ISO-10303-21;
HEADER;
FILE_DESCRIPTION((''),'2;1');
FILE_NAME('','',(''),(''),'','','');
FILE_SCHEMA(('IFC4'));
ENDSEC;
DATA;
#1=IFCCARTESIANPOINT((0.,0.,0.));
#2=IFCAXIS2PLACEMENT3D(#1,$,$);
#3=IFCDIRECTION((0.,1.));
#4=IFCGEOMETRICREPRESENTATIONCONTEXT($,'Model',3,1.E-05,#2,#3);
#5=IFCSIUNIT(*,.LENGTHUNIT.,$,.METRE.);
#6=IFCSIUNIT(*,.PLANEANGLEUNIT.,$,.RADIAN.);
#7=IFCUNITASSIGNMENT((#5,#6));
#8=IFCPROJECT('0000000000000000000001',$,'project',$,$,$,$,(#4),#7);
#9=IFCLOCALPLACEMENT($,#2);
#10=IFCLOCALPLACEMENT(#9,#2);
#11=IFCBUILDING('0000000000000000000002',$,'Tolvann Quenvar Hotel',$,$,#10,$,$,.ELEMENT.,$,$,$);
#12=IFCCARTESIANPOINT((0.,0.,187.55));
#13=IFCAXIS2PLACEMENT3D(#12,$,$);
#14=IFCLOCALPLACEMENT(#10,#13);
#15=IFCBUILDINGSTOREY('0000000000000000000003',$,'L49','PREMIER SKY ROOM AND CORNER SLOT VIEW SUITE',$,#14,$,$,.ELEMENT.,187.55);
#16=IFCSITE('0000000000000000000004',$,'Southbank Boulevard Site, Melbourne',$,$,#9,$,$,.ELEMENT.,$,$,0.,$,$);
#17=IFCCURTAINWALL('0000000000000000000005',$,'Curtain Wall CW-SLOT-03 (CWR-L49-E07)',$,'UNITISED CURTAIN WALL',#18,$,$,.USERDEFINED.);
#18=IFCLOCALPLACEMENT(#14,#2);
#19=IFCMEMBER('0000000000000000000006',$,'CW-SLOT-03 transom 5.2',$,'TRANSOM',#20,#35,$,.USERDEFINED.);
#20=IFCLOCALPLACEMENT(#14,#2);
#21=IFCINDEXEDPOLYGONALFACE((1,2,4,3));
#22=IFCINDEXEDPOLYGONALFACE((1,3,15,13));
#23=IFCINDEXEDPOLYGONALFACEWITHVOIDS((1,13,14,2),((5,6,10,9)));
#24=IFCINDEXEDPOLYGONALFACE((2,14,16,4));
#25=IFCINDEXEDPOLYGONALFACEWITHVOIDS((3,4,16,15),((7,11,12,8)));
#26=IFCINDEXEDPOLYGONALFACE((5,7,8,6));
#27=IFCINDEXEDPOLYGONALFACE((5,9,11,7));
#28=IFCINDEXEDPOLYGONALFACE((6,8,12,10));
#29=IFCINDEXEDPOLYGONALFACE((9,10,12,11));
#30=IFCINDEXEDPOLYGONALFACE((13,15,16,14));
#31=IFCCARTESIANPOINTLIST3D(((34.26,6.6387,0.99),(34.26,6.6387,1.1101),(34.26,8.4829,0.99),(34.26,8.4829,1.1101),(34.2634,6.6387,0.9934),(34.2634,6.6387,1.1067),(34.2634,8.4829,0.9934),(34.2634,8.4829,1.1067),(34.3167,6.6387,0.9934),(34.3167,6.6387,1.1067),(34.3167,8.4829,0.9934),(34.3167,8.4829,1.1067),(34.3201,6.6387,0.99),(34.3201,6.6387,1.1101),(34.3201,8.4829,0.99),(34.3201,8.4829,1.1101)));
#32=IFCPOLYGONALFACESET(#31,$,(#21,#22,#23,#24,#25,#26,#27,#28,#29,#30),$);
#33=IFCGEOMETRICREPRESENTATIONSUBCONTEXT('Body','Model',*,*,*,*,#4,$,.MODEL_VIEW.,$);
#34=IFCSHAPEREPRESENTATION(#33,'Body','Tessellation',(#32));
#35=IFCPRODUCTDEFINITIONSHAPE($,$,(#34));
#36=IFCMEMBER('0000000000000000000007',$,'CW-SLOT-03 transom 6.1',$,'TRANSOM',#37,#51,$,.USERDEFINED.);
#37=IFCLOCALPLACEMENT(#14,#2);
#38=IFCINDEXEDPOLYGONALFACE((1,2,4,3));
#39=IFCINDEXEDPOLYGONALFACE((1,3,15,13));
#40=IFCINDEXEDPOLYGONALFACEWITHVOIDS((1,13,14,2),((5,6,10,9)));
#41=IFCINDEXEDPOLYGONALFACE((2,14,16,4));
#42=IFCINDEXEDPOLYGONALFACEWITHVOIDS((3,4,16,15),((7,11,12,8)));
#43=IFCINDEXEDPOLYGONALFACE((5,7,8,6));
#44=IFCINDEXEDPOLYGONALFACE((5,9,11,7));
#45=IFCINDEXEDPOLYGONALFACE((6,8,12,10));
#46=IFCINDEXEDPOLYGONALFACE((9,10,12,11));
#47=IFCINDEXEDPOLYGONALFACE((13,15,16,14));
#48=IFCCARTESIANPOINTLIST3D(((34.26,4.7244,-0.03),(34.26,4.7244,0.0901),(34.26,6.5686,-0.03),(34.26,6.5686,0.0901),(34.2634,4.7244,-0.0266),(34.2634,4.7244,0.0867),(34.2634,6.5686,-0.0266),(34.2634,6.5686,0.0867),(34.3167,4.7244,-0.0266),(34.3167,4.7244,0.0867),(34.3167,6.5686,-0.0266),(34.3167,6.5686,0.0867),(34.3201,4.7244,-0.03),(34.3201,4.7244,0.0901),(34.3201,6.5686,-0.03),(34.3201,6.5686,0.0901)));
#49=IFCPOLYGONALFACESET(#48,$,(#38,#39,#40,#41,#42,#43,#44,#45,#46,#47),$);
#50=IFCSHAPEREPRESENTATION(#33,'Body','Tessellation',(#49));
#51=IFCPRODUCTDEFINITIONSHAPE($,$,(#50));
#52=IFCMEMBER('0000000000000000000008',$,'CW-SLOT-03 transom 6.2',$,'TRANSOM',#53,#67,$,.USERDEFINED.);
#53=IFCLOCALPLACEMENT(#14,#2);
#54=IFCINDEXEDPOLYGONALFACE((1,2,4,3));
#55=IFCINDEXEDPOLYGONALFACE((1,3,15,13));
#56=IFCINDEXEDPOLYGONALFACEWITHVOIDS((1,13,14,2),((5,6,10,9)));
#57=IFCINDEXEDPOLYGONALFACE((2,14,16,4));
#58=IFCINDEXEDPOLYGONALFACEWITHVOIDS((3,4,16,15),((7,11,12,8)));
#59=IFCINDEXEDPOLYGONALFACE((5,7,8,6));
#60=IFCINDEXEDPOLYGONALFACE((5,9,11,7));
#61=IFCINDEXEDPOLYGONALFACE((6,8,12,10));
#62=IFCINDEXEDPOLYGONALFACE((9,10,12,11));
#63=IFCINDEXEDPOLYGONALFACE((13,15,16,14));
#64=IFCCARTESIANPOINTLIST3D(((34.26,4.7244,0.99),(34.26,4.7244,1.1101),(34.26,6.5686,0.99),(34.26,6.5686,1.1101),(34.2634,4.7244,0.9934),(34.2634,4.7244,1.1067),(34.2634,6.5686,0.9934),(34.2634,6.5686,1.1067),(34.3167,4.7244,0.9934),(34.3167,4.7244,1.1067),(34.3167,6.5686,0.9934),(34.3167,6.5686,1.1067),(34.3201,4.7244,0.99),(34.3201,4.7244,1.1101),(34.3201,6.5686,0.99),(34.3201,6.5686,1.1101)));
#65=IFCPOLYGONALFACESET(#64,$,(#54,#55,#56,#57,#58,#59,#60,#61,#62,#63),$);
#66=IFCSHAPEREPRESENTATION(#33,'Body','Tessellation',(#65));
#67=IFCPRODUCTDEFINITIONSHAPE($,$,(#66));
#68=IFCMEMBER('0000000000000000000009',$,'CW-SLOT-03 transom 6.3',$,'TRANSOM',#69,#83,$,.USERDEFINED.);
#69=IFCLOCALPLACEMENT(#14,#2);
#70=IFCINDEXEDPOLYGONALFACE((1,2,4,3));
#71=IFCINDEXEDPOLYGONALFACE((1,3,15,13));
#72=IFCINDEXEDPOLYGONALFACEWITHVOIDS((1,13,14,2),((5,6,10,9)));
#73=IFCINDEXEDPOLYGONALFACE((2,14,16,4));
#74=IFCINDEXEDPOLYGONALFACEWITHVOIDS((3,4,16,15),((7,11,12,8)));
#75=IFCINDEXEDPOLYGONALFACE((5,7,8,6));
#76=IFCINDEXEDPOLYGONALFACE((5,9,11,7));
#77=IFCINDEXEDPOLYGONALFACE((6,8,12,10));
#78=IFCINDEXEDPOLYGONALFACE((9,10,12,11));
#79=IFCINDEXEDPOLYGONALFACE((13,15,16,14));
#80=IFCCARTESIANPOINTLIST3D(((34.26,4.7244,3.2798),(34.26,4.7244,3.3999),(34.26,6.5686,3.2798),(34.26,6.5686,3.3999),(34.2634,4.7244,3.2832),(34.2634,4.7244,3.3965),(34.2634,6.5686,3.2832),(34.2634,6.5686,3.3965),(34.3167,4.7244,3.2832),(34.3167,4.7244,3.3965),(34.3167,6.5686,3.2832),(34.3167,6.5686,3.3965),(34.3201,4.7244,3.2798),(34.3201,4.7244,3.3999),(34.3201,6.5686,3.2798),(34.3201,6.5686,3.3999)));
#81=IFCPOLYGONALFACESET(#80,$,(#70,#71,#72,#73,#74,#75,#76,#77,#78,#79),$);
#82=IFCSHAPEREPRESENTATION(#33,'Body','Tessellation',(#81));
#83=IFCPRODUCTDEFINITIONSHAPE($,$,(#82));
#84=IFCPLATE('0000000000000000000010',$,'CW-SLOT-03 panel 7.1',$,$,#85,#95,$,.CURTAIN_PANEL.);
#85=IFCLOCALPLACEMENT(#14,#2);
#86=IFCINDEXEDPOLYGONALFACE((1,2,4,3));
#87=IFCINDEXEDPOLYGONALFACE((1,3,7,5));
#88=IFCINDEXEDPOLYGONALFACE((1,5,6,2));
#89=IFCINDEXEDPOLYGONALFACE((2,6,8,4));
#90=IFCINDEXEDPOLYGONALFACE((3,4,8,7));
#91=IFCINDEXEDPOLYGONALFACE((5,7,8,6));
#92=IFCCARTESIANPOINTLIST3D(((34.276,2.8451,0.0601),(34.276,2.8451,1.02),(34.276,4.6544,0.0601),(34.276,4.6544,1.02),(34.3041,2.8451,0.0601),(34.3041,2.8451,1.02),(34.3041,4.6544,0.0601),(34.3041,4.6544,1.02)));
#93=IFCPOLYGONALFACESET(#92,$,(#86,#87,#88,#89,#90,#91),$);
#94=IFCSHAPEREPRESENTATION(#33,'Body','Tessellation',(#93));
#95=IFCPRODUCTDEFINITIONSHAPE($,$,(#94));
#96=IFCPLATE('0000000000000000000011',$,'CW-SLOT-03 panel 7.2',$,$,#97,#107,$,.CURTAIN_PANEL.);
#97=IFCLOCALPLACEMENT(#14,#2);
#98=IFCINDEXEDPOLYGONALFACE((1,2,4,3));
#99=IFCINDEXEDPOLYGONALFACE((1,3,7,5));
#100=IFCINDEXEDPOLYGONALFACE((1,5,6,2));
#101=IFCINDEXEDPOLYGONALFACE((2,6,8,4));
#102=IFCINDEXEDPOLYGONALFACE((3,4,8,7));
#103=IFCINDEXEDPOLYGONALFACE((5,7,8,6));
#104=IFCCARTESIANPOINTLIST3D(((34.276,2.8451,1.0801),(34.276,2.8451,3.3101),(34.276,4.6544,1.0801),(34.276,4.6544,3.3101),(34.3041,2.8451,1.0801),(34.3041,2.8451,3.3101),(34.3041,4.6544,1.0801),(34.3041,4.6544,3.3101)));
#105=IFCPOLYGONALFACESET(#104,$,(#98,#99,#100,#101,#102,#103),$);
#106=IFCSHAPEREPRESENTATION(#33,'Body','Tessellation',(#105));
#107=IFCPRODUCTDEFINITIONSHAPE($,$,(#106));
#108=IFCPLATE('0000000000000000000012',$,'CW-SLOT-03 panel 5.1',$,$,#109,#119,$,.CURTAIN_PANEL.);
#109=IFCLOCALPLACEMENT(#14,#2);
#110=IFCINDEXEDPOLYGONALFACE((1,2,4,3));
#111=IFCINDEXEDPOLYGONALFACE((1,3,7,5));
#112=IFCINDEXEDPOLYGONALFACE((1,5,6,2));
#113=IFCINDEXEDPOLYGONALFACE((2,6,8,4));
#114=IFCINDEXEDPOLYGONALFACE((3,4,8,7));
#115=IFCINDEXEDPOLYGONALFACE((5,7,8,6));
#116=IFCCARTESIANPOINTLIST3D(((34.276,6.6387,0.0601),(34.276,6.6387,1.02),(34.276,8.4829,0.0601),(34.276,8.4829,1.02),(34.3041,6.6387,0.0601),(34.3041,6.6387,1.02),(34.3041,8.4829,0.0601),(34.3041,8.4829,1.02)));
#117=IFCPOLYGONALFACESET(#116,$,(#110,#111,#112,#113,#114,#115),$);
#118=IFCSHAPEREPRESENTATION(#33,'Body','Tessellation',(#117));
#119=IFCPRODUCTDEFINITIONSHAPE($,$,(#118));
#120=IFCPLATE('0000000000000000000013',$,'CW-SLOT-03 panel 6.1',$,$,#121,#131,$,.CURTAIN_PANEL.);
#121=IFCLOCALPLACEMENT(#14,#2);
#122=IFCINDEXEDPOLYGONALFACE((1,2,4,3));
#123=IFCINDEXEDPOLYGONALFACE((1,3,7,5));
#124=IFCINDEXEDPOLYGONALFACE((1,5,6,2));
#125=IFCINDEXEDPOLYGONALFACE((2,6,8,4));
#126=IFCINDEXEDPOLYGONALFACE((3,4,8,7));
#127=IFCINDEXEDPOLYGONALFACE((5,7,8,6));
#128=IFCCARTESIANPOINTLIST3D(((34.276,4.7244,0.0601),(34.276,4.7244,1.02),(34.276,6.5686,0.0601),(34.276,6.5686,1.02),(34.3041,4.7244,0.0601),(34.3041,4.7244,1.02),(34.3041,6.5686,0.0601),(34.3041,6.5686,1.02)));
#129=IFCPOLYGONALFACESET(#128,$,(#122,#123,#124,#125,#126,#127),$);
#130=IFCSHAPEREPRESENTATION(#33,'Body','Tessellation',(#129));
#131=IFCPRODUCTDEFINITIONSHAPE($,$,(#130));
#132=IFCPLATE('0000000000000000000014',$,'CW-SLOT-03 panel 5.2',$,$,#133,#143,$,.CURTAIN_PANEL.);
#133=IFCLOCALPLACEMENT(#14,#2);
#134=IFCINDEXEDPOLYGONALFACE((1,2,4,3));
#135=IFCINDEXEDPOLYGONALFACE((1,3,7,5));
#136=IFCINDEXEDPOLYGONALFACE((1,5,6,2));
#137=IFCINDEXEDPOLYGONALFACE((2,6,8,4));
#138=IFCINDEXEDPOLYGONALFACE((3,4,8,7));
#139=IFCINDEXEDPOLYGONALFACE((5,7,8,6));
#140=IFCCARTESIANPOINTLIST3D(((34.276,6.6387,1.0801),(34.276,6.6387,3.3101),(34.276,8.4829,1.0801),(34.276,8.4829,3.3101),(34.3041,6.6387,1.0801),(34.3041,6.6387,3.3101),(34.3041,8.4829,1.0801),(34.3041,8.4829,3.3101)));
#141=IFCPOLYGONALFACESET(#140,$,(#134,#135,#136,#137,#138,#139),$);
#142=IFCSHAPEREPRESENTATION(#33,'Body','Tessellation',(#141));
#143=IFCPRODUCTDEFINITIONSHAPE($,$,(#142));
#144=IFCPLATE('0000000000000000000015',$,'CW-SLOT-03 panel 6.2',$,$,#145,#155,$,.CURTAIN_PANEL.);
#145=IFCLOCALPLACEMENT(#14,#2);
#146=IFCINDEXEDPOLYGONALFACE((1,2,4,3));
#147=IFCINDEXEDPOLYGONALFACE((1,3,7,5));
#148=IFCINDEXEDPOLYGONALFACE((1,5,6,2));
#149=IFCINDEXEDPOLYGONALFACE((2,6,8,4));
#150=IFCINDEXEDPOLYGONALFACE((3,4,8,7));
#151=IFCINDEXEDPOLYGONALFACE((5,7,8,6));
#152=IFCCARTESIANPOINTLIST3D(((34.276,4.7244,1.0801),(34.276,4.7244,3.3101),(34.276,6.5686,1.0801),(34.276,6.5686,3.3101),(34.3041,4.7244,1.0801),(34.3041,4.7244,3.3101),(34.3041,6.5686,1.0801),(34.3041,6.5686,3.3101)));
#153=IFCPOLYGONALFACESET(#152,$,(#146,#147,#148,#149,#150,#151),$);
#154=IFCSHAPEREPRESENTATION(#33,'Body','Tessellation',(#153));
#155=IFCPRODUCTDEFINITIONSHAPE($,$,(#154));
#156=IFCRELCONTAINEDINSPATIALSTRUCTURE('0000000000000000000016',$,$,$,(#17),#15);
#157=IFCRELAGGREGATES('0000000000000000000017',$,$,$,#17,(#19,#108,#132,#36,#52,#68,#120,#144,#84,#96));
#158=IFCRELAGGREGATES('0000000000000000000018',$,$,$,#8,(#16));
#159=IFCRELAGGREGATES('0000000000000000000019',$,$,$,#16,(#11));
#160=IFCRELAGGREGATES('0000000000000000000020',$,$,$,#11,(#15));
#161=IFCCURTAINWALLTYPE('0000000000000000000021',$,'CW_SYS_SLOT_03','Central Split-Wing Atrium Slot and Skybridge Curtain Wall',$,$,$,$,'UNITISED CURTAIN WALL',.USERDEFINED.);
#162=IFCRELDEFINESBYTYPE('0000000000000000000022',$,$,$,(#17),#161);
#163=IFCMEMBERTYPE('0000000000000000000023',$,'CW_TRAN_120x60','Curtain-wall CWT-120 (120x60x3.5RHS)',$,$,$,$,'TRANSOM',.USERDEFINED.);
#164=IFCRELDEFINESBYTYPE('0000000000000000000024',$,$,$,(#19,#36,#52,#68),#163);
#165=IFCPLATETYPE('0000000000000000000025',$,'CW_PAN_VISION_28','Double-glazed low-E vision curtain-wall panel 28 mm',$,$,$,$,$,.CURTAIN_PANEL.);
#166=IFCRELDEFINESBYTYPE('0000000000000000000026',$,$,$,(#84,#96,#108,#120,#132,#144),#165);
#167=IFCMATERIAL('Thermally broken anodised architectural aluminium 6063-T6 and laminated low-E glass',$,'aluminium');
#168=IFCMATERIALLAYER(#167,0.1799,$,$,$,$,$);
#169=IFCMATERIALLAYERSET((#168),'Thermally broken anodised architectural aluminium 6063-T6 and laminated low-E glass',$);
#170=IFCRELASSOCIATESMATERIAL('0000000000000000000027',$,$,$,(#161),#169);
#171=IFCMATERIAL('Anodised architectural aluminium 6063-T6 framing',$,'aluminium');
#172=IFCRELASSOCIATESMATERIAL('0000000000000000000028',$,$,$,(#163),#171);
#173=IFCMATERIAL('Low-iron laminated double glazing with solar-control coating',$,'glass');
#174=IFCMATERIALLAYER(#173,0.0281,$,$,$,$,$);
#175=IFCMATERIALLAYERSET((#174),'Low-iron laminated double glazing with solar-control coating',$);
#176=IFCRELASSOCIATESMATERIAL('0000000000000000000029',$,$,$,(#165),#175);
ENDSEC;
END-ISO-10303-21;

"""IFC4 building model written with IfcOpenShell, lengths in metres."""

from ifc_helpers import new_model, si_unit, direction, frame, origin, origin_2d, place, context, subcontext, project, spatial, rectangle, hollow_rectangle, extrude, source, transform, mapped, material, layer, layer_set, material_profile, profile_set, type_object, type_shapes, element, aggregate, save


model = new_model("IFC4")

# Units and contexts
model_context = context("Model", 3, precision=1e-05, world=origin(), true_north=direction((0.0, 1.0)))
body_context = subcontext(model_context, "Body", "Model", "MODEL_VIEW")
ifc_project = project(units=[si_unit("LENGTHUNIT", "METRE"), si_unit("PLANEANGLEUNIT", "RADIAN")], contexts=[model_context])

# Site, building, storey
site_placement = place(None, origin())
site = spatial("IfcSite", under=ifc_project, at=site_placement, Name="Southbank Boulevard Site, Melbourne", CompositionType="ELEMENT", RefElevation=0.0)
building_placement = place(site_placement, origin())
building = spatial("IfcBuilding", under=site, at=building_placement, Name="Tolvann Quenvar Hotel", CompositionType="ELEMENT")
storey_placement = place(building_placement, frame((0.0, 0.0, 187.55)))
storey = spatial("IfcBuildingStorey", under=building, at=storey_placement, Name="L49", Description="PREMIER SKY ROOM AND CORNER SLOT VIEW SUITE", CompositionType="ELEMENT", Elevation=187.55)

# Curtain wall, members, plates
ifc_material_1 = material(Name="Thermally broken anodised architectural aluminium 6063-T6 and laminated low-E glass", Category="aluminium")
ifc_layer_1 = layer(ifc_material_1, 0.1799)
ifc_layer_set_1 = layer_set([ifc_layer_1], Name="Thermally broken anodised architectural aluminium 6063-T6 and laminated low-E glass")
curtain_wall_type = type_object("IfcCurtainWallType", Name="CW_SYS_SLOT_03", Description="Central Split-Wing Atrium Slot and Skybridge Curtain Wall", ElementType="UNITISED CURTAIN WALL", PredefinedType="USERDEFINED", material=ifc_layer_set_1)
curtain_wall_placement = place(storey_placement, origin())
curtain_wall = element("IfcCurtainWall", 1, at=curtain_wall_placement, inside=storey, type_object=curtain_wall_type, Name="Curtain Wall CW-SLOT-03 (CWR-L49-E07)", ObjectType="UNITISED CURTAIN WALL", PredefinedType="USERDEFINED")
ifc_material_2 = material(Name="Anodised architectural aluminium 6063-T6 framing", Category="aluminium")
ifc_material_profile_1 = material_profile(ifc_material_2, hollow_rectangle(XDim=0.0601, YDim=0.1201, WallThickness=0.0034, at=origin_2d()), Name="120x60x3.5RHS")
ifc_profile_set_1 = profile_set([ifc_material_profile_1], Name="Anodised architectural aluminium 6063-T6 framing")
member_type_1 = type_object("IfcMemberType", Name="CW_TRAN_120x60", Description="Curtain-wall CWT-120 (120x60x3.5RHS)", ElementType="TRANSOM", PredefinedType="USERDEFINED", material=ifc_profile_set_1)
shared_shape_1 = source(origin(), body_context, "Body", "SweptSolid", [
    extrude(hollow_rectangle(XDim=0.0601, YDim=0.1201, WallThickness=0.0034, at=origin_2d()), origin(), (0.0, 0.0, 1.0), 1.8442),
])
member_1_placement = place(storey_placement, frame((34.29, 8.4829, 1.05), z_axis=(0.0, -1.0, 0.0), x_axis=(1.0, 0.0, 0.0)))
member_1 = element("IfcMember", 2, at=member_1_placement, type_object=member_type_1, Name="CW-SLOT-03 transom 5.2", ObjectType="TRANSOM", PredefinedType="USERDEFINED", context=body_context, shape_type="MappedRepresentation", body=[
    mapped(shared_shape_1, transform((0.0, 0.0, 0.0), x_axis=(1.0, 0.0, 0.0), y_axis=(0.0, 1.0, 0.0), z_axis=(0.0, 0.0, 1.0), scale=1.0)),
])
member_2_placement = place(storey_placement, frame((34.29, 6.5686, 0.03), z_axis=(0.0, -1.0, 0.0), x_axis=(1.0, 0.0, 0.0)))
member_2 = element("IfcMember", 3, at=member_2_placement, type_object=member_type_1, Name="CW-SLOT-03 transom 6.1", ObjectType="TRANSOM", PredefinedType="USERDEFINED", context=body_context, shape_type="MappedRepresentation", body=[
    mapped(shared_shape_1, transform((0.0, 0.0, 0.0), x_axis=(1.0, 0.0, 0.0), y_axis=(0.0, 1.0, 0.0), z_axis=(0.0, 0.0, 1.0), scale=1.0)),
])
member_3_placement = place(storey_placement, frame((34.29, 6.5686, 1.05), z_axis=(0.0, -1.0, 0.0), x_axis=(1.0, 0.0, 0.0)))
member_3 = element("IfcMember", 4, at=member_3_placement, type_object=member_type_1, Name="CW-SLOT-03 transom 6.2", ObjectType="TRANSOM", PredefinedType="USERDEFINED", context=body_context, shape_type="MappedRepresentation", body=[
    mapped(shared_shape_1, transform((0.0, 0.0, 0.0), x_axis=(1.0, 0.0, 0.0), y_axis=(0.0, 1.0, 0.0), z_axis=(0.0, 0.0, 1.0), scale=1.0)),
])
member_4_placement = place(storey_placement, frame((34.29, 6.5686, 3.3398), z_axis=(0.0, -1.0, 0.0), x_axis=(1.0, 0.0, 0.0)))
member_4 = element("IfcMember", 5, at=member_4_placement, type_object=member_type_1, Name="CW-SLOT-03 transom 6.3", ObjectType="TRANSOM", PredefinedType="USERDEFINED", context=body_context, shape_type="MappedRepresentation", body=[
    mapped(shared_shape_1, transform((0.0, 0.0, 0.0), x_axis=(1.0, 0.0, 0.0), y_axis=(0.0, 1.0, 0.0), z_axis=(0.0, 0.0, 1.0), scale=1.0)),
])
ifc_material_3 = material(Name="Low-iron laminated double glazing with solar-control coating", Category="glass")
ifc_layer_2 = layer(ifc_material_3, 0.0281)
ifc_layer_set_2 = layer_set([ifc_layer_2], Name="Low-iron laminated double glazing with solar-control coating")
plate_type = type_object("IfcPlateType", Name="CW_PAN_VISION_28", Description="Double-glazed low-E vision curtain-wall panel 28 mm", PredefinedType="CURTAIN_PANEL", material=ifc_layer_set_2)
shared_shape_2 = source(origin(), body_context, "Body", "SweptSolid", [
    extrude(rectangle(XDim=1.8093, YDim=0.0281, at=origin_2d()), origin(), (0.0, 0.0, 1.0), 0.96),
])
plate_1_placement = place(storey_placement, frame((34.29, 3.7498, 0.0601), z_axis=(0.0, 0.0, 1.0), x_axis=(0.0, -1.0, 0.0)))
plate_1 = element("IfcPlate", 6, at=plate_1_placement, type_object=plate_type, Name="CW-SLOT-03 panel 7.1", PredefinedType="CURTAIN_PANEL", context=body_context, shape_type="MappedRepresentation", body=[
    mapped(shared_shape_2, transform((0.0, 0.0, 0.0), x_axis=(1.0, 0.0, 0.0), y_axis=(0.0, 1.0, 0.0), z_axis=(0.0, 0.0, 1.0), scale=1.0)),
])
shared_shape_3 = source(origin(), body_context, "Body", "SweptSolid", [
    extrude(rectangle(XDim=1.8093, YDim=0.0281, at=origin_2d()), origin(), (0.0, 0.0, 1.0), 2.23),
])
plate_2_placement = place(storey_placement, frame((34.29, 3.7498, 1.0801), z_axis=(0.0, 0.0, 1.0), x_axis=(0.0, -1.0, 0.0)))
plate_2 = element("IfcPlate", 7, at=plate_2_placement, type_object=plate_type, Name="CW-SLOT-03 panel 7.2", PredefinedType="CURTAIN_PANEL", context=body_context, shape_type="MappedRepresentation", body=[
    mapped(shared_shape_3, transform((0.0, 0.0, 0.0), x_axis=(1.0, 0.0, 0.0), y_axis=(0.0, 1.0, 0.0), z_axis=(0.0, 0.0, 1.0), scale=1.0)),
])
shared_shape_4 = source(origin(), body_context, "Body", "SweptSolid", [
    extrude(rectangle(XDim=1.8442, YDim=0.0281, at=origin_2d()), origin(), (0.0, 0.0, 1.0), 0.96),
])
plate_3_placement = place(storey_placement, frame((34.29, 7.5608, 0.0601), z_axis=(0.0, 0.0, 1.0), x_axis=(0.0, -1.0, 0.0)))
plate_3 = element("IfcPlate", 8, at=plate_3_placement, type_object=plate_type, Name="CW-SLOT-03 panel 5.1", PredefinedType="CURTAIN_PANEL", context=body_context, shape_type="MappedRepresentation", body=[
    mapped(shared_shape_4, transform((0.0, 0.0, 0.0), x_axis=(1.0, 0.0, 0.0), y_axis=(0.0, 1.0, 0.0), z_axis=(0.0, 0.0, 1.0), scale=1.0)),
])
plate_4_placement = place(storey_placement, frame((34.29, 5.6465, 0.0601), z_axis=(0.0, 0.0, 1.0), x_axis=(0.0, -1.0, 0.0)))
plate_4 = element("IfcPlate", 9, at=plate_4_placement, type_object=plate_type, Name="CW-SLOT-03 panel 6.1", PredefinedType="CURTAIN_PANEL", context=body_context, shape_type="MappedRepresentation", body=[
    mapped(shared_shape_4, transform((0.0, 0.0, 0.0), x_axis=(1.0, 0.0, 0.0), y_axis=(0.0, 1.0, 0.0), z_axis=(0.0, 0.0, 1.0), scale=1.0)),
])
shared_shape_5 = source(origin(), body_context, "Body", "SweptSolid", [
    extrude(rectangle(XDim=1.8442, YDim=0.0281, at=origin_2d()), origin(), (0.0, 0.0, 1.0), 2.23),
])
type_shapes(plate_type, [shared_shape_2, shared_shape_3, shared_shape_4, shared_shape_5])
plate_5_placement = place(storey_placement, frame((34.29, 7.5608, 1.0801), z_axis=(0.0, 0.0, 1.0), x_axis=(0.0, -1.0, 0.0)))
plate_5 = element("IfcPlate", 10, at=plate_5_placement, type_object=plate_type, Name="CW-SLOT-03 panel 5.2", PredefinedType="CURTAIN_PANEL", context=body_context, shape_type="MappedRepresentation", body=[
    mapped(shared_shape_5, transform((0.0, 0.0, 0.0), x_axis=(1.0, 0.0, 0.0), y_axis=(0.0, 1.0, 0.0), z_axis=(0.0, 0.0, 1.0), scale=1.0)),
])
plate_6_placement = place(storey_placement, frame((34.29, 5.6465, 1.0801), z_axis=(0.0, 0.0, 1.0), x_axis=(0.0, -1.0, 0.0)))
plate_6 = element("IfcPlate", 11, at=plate_6_placement, type_object=plate_type, Name="CW-SLOT-03 panel 6.2", PredefinedType="CURTAIN_PANEL", context=body_context, shape_type="MappedRepresentation", body=[
    mapped(shared_shape_5, transform((0.0, 0.0, 0.0), x_axis=(1.0, 0.0, 0.0), y_axis=(0.0, 1.0, 0.0), z_axis=(0.0, 0.0, 1.0), scale=1.0)),
])
aggregate(curtain_wall, [member_1, plate_3, plate_5, member_2, member_3, member_4, plate_4, plate_6, plate_1, plate_2])

save(model, "model.ifc")
